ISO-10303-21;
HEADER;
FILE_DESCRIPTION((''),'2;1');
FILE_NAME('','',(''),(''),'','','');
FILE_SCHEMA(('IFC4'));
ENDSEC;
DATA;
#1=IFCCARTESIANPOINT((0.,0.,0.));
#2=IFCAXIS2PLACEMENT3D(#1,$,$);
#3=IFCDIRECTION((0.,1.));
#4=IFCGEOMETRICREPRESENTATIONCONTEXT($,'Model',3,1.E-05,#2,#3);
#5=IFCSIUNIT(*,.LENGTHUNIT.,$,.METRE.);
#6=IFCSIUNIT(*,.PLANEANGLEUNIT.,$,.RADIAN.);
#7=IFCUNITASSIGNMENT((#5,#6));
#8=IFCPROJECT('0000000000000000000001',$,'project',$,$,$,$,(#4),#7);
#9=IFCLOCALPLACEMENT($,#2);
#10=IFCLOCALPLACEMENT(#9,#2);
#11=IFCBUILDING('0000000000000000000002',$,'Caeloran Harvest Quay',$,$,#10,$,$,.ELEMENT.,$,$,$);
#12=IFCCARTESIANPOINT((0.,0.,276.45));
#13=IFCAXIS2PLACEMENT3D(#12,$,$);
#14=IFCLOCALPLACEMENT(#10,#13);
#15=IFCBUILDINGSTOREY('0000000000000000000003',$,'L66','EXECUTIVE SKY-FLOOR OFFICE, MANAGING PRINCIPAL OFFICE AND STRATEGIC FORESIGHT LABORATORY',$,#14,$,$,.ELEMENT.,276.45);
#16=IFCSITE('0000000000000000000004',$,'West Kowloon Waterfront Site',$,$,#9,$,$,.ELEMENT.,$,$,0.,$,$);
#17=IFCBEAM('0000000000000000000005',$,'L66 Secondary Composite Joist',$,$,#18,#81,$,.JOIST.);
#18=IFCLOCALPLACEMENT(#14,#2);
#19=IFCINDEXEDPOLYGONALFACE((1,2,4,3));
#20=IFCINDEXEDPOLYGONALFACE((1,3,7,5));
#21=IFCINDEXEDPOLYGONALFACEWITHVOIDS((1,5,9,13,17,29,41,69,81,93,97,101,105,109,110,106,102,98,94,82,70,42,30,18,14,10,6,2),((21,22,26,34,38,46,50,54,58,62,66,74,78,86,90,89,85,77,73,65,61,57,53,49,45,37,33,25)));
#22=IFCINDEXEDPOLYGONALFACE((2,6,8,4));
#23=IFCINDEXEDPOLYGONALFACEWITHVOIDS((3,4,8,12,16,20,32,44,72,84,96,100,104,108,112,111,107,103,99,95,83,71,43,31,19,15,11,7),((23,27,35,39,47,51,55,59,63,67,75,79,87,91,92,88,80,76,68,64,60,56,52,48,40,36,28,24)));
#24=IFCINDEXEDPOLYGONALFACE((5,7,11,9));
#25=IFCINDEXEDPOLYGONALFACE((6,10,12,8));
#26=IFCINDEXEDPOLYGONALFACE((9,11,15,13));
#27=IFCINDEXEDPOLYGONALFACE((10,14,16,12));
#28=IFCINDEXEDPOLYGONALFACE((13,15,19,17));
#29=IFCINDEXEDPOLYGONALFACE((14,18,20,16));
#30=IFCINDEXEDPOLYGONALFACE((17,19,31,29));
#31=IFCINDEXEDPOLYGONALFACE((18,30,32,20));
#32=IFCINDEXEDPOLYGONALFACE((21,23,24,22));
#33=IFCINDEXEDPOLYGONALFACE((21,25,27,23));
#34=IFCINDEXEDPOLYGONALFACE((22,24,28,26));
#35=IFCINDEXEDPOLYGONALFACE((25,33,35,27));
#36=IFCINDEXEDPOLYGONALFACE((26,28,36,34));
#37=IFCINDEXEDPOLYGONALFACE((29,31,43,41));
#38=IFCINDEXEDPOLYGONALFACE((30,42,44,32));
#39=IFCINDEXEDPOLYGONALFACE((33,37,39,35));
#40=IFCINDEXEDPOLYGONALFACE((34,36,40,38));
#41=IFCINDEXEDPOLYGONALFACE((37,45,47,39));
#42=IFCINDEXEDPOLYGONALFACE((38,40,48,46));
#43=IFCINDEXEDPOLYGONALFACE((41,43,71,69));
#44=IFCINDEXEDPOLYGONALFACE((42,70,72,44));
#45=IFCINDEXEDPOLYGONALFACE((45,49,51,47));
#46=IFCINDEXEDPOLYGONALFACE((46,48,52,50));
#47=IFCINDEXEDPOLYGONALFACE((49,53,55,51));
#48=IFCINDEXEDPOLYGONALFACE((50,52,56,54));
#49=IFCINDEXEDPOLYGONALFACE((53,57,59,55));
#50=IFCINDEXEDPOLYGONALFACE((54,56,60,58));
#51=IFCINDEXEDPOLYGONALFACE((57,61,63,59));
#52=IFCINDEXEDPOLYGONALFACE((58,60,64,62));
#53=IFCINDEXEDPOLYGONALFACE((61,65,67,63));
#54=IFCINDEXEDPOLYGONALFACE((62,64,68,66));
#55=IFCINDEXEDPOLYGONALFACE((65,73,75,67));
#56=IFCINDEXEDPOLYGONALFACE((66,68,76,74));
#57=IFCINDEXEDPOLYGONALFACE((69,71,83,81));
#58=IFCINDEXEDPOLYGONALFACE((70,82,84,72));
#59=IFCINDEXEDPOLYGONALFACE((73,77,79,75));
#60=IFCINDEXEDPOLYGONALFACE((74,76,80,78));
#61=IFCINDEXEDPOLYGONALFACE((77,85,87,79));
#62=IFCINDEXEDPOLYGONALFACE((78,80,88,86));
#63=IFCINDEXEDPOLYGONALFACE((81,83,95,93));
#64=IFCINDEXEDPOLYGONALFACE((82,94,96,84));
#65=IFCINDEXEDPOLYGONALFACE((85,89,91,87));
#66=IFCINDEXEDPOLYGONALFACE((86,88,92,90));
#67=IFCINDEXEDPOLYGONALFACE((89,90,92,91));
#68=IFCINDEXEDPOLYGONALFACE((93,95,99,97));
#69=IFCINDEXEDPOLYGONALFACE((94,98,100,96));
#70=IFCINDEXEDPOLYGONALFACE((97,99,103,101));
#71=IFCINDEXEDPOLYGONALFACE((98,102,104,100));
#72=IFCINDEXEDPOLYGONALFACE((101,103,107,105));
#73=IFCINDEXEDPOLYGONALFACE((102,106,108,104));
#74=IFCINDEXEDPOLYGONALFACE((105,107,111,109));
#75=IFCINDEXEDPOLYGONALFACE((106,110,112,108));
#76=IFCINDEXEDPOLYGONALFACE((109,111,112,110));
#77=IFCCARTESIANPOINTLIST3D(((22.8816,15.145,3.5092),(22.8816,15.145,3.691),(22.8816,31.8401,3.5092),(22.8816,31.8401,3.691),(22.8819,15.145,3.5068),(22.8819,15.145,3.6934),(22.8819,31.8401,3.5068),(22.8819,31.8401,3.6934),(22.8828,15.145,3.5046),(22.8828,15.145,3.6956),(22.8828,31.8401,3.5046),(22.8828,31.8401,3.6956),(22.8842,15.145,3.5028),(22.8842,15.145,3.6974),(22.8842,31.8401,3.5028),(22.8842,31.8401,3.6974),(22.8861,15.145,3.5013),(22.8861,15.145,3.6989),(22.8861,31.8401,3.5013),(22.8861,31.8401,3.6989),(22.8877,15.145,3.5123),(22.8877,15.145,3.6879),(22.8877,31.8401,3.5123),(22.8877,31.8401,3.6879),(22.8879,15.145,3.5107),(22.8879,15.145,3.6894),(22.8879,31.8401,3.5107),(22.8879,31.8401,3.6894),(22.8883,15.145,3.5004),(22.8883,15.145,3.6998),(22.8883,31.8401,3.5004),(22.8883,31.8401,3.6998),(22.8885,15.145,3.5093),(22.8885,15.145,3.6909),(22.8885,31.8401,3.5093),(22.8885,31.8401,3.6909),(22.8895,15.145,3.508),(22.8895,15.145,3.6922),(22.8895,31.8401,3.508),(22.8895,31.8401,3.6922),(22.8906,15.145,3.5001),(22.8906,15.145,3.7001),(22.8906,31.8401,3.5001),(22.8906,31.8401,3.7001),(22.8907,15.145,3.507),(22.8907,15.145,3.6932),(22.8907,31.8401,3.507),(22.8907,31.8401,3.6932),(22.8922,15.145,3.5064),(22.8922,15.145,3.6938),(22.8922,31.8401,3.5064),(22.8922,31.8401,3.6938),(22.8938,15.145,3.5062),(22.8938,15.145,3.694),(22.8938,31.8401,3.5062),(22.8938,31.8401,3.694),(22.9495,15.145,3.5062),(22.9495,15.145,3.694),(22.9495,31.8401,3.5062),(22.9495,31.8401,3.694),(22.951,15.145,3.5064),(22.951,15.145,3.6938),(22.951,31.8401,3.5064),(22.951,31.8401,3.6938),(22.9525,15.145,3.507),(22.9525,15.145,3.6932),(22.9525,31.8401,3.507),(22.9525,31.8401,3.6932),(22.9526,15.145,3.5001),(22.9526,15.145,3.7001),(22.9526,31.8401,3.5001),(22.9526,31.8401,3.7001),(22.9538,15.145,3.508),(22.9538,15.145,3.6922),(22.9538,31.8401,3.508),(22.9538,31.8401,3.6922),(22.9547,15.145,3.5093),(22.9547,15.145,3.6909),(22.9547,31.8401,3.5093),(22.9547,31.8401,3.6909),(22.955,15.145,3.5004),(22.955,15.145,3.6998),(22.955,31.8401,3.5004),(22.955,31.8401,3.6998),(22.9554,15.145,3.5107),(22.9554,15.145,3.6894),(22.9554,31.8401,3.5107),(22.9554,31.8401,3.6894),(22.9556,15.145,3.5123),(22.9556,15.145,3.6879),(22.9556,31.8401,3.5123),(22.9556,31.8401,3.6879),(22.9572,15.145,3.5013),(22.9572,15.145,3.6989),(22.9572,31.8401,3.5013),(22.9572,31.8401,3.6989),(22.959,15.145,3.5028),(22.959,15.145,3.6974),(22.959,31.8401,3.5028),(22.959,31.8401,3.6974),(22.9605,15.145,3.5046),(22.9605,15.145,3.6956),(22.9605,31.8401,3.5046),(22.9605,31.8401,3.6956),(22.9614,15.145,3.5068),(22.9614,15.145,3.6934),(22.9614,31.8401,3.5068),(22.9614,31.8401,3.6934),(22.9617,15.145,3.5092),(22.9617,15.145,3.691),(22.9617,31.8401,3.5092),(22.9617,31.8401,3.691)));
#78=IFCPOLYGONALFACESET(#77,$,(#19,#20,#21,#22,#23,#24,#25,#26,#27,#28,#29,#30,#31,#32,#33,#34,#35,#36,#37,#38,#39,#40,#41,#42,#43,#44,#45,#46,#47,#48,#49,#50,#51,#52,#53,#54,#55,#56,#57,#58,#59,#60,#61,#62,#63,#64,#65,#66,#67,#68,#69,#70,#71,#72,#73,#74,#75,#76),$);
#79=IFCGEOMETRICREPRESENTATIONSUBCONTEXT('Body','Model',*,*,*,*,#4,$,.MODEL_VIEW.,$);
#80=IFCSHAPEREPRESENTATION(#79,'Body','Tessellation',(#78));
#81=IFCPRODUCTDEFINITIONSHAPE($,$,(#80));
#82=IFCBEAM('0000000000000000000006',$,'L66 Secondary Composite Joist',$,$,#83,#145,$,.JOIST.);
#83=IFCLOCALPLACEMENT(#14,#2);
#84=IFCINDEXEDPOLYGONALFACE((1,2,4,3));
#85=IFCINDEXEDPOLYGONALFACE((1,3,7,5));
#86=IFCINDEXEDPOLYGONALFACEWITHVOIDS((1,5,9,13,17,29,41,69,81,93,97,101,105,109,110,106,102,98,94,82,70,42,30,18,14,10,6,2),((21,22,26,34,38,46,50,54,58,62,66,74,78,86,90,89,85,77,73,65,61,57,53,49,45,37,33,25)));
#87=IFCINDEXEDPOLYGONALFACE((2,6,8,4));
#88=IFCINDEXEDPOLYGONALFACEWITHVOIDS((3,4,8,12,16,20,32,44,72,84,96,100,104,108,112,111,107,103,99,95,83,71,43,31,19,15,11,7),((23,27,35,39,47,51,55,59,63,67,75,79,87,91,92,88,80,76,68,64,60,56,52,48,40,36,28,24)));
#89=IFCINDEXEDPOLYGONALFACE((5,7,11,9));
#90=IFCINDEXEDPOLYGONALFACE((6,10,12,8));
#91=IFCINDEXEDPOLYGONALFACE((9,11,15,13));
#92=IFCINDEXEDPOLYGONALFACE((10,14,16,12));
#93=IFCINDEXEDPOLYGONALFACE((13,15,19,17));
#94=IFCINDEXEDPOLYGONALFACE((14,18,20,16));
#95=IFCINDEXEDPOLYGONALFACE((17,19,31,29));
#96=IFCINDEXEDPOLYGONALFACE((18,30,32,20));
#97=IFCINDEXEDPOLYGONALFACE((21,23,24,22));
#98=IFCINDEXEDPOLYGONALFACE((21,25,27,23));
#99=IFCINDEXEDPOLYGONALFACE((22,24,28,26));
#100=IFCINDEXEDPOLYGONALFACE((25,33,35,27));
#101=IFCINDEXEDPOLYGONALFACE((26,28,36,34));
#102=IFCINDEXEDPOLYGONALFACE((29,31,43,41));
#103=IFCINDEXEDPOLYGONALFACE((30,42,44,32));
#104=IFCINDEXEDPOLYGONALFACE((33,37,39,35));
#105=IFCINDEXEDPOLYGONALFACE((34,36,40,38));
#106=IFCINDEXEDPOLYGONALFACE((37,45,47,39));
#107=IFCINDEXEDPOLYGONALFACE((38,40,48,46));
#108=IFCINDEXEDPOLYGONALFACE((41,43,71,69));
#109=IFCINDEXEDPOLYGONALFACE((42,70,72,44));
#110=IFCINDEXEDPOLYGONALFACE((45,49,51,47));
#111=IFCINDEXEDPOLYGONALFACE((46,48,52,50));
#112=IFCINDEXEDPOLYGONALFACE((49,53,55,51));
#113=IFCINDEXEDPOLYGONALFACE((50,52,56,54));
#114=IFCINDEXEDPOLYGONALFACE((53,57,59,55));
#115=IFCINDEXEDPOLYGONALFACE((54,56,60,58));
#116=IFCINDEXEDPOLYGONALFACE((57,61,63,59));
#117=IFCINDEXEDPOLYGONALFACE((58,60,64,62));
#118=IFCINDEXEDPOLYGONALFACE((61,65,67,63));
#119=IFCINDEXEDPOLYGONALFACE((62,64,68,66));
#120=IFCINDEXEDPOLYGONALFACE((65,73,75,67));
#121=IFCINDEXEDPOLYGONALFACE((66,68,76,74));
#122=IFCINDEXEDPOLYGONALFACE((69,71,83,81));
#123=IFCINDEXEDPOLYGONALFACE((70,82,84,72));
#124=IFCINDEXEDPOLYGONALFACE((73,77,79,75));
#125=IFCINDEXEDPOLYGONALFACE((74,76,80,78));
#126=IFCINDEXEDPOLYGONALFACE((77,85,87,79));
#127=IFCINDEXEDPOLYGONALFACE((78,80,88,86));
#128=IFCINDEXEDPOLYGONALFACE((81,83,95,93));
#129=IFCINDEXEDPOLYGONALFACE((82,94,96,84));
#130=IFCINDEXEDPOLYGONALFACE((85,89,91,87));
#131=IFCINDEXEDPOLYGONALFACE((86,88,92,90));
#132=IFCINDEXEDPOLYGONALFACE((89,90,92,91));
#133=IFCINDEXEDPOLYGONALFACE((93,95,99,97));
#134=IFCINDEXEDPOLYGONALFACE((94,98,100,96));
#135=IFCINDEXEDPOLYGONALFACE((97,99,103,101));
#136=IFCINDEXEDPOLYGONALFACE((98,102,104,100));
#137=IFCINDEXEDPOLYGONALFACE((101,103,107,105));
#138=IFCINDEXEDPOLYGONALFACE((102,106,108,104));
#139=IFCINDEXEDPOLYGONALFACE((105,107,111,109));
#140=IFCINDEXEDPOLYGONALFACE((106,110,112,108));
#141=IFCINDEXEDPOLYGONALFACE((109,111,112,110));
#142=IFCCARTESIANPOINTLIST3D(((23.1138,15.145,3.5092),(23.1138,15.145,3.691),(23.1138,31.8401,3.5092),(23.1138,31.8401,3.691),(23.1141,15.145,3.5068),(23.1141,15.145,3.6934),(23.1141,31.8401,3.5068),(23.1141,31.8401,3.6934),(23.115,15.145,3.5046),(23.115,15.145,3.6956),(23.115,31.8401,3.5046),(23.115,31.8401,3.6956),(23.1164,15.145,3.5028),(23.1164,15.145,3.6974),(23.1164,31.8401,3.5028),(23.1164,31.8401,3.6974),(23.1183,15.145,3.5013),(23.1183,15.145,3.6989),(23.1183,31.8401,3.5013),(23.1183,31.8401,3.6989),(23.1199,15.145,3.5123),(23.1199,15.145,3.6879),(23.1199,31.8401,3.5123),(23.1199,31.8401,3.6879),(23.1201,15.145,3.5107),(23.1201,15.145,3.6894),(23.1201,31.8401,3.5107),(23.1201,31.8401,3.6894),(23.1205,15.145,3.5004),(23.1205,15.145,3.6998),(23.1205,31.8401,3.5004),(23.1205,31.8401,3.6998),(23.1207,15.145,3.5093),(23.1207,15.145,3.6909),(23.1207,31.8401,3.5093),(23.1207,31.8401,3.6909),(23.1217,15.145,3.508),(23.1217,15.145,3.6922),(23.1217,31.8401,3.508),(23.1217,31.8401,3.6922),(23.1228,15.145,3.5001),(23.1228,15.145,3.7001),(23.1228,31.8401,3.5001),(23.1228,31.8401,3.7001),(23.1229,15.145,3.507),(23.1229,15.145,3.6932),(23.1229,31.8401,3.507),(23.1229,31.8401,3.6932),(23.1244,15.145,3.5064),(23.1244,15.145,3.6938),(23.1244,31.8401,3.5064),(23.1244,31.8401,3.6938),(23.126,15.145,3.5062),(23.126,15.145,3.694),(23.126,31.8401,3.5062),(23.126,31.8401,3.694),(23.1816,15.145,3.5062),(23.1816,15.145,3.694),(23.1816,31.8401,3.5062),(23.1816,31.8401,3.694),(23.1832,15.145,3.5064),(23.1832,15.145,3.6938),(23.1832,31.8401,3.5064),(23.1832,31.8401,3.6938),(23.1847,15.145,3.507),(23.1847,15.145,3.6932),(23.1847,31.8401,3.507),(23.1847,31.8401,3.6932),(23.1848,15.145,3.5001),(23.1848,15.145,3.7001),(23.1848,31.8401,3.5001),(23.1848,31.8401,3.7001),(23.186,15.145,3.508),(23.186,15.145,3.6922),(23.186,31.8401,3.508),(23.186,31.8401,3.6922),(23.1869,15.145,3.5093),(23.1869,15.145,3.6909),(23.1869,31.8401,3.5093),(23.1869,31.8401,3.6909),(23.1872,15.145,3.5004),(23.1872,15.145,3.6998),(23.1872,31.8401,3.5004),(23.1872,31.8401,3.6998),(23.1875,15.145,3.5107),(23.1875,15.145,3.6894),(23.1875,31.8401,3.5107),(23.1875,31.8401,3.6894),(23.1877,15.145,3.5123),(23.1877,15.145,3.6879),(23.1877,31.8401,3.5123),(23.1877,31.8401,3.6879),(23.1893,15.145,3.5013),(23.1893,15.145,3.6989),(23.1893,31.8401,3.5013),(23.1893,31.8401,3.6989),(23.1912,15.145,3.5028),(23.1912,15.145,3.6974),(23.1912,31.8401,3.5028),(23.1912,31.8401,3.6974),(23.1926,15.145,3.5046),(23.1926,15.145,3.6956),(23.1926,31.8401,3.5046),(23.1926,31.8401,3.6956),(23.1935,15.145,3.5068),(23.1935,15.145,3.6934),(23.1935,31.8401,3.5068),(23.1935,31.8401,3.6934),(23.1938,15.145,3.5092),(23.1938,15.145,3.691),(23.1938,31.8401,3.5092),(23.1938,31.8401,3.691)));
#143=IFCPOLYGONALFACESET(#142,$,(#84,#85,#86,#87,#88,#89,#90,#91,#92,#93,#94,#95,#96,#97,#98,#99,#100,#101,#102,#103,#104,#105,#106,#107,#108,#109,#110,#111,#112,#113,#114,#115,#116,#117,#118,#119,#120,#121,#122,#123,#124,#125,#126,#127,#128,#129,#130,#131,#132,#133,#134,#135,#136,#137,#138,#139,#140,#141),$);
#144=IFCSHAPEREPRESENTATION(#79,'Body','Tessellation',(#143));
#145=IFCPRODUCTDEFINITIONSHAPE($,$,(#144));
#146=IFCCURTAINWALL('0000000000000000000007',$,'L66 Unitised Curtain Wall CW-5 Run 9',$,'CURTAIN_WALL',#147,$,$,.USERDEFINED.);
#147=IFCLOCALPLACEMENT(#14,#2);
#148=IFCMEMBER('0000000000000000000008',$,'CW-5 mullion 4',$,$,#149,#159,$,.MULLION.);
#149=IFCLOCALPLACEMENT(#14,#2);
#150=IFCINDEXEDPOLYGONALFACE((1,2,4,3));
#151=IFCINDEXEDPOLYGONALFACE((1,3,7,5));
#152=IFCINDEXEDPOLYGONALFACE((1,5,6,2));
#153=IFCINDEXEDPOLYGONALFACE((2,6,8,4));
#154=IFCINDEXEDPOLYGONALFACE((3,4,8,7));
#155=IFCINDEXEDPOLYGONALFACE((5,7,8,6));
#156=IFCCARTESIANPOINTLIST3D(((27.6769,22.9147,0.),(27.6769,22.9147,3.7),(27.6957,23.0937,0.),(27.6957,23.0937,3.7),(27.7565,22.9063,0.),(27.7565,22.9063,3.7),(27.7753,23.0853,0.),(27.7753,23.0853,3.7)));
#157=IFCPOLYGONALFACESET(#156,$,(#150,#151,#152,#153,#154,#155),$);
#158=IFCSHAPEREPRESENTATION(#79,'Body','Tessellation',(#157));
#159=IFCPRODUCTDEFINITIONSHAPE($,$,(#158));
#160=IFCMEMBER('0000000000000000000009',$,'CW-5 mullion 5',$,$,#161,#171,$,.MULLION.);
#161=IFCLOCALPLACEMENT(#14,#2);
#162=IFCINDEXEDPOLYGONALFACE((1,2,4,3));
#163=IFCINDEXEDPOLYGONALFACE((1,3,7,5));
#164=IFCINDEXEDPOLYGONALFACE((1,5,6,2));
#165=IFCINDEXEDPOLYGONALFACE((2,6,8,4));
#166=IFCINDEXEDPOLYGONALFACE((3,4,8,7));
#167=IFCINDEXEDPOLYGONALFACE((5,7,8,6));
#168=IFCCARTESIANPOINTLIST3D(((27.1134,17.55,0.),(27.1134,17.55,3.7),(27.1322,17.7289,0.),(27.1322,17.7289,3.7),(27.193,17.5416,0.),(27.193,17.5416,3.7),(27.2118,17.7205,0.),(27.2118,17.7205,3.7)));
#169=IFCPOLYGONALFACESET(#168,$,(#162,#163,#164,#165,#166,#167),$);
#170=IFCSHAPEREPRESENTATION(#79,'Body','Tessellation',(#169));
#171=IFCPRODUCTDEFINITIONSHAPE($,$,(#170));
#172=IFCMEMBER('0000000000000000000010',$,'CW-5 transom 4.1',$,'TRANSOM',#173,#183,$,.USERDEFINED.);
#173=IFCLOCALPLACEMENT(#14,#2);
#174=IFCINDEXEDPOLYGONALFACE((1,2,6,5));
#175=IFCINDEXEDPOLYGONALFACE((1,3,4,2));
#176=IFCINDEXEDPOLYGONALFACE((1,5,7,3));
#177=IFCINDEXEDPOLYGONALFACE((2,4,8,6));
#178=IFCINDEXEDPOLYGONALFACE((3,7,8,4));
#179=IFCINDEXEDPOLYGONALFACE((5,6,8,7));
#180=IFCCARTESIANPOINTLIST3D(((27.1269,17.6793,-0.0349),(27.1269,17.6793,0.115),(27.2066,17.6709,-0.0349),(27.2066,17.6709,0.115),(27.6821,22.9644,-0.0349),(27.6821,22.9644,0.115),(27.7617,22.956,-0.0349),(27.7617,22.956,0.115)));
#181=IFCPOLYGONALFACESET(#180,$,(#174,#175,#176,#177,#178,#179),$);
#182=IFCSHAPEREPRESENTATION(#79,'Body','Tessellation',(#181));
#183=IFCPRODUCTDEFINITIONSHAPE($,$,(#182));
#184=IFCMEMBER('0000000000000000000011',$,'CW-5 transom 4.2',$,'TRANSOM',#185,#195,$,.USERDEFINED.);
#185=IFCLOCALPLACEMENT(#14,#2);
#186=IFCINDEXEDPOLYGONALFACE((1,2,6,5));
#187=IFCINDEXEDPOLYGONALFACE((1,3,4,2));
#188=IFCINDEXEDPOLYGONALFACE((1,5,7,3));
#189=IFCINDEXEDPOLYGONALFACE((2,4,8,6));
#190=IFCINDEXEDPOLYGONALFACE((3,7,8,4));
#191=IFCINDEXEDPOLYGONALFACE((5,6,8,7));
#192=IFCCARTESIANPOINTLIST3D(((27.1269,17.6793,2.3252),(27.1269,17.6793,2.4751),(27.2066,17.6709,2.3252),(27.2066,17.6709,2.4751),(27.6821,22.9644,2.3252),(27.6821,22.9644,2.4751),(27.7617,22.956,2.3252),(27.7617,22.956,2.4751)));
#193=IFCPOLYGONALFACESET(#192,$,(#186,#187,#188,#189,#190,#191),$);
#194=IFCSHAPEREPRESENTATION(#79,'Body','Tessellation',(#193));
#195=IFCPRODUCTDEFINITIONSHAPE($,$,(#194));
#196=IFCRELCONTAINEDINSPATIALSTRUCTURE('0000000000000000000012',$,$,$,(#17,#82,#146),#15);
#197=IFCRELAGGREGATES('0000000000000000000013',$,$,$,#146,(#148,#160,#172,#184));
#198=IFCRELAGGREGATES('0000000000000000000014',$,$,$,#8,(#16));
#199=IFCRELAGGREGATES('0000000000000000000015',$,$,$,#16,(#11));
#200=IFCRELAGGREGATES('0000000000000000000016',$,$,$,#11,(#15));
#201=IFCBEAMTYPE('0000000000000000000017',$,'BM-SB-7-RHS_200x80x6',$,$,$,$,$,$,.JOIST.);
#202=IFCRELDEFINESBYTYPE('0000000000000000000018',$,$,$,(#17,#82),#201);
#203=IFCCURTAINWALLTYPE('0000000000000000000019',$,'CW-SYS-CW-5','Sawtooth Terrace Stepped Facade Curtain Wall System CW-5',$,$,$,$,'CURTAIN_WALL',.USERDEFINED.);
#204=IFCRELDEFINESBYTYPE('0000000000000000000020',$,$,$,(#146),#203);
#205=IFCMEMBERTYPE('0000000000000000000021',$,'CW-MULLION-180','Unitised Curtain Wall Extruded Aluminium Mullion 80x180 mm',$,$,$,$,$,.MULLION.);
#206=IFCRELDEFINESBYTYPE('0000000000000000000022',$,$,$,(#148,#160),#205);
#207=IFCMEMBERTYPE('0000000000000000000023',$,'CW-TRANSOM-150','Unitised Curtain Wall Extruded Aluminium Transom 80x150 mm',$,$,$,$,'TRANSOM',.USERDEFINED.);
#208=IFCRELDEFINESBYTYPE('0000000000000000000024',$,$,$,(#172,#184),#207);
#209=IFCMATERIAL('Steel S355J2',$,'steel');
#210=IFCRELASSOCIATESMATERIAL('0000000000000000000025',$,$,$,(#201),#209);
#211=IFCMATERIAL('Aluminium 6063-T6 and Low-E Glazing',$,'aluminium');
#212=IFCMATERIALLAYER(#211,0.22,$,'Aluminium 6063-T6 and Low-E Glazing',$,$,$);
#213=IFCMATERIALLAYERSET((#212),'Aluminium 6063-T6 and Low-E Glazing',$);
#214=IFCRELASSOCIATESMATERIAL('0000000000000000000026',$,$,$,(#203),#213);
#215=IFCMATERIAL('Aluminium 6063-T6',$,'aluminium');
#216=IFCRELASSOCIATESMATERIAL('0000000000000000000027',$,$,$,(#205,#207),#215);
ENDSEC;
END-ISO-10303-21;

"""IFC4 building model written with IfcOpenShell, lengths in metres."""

from ifc_helpers import new_model, si_unit, direction, frame, origin, origin_2d, place, context, subcontext, project, spatial, rectangle, hollow_rectangle, extrude, material, layer, layer_set, material_profile, profile_set, type_object, element, aggregate, save


model = new_model("IFC4")

# Units and contexts
model_context = context("Model", 3, precision=1e-05, world=origin(), true_north=direction((0.0, 1.0)))
body_context = subcontext(model_context, "Body", "Model", "MODEL_VIEW")
ifc_project = project(units=[si_unit("LENGTHUNIT", "METRE"), si_unit("PLANEANGLEUNIT", "RADIAN")], contexts=[model_context])

# Site, building, storey
site_placement = place(None, origin())
site = spatial("IfcSite", under=ifc_project, at=site_placement, Name="West Kowloon Waterfront Site", CompositionType="ELEMENT", RefElevation=0.0)
building_placement = place(site_placement, origin())
building = spatial("IfcBuilding", under=site, at=building_placement, Name="Caeloran Harvest Quay", CompositionType="ELEMENT")
storey_placement = place(building_placement, frame((0.0, 0.0, 276.45)))
storey = spatial("IfcBuildingStorey", under=building, at=storey_placement, Name="L66", Description="EXECUTIVE SKY-FLOOR OFFICE, MANAGING PRINCIPAL OFFICE AND STRATEGIC FORESIGHT LABORATORY", CompositionType="ELEMENT", Elevation=276.45)

# Beams
ifc_material_1 = material(Name="Steel S355J2", Category="steel")
ifc_material_profile_1 = material_profile(ifc_material_1, hollow_rectangle(XDim=0.0801, YDim=0.2, WallThickness=0.0061, InnerFilletRadius=0.0061, OuterFilletRadius=0.009, at=origin_2d()), Name="RHS 200x80x6")
ifc_profile_set_1 = profile_set([ifc_material_profile_1], Name="Steel S355J2")
beam_type_1 = type_object("IfcBeamType", Name="BM-SB-7-RHS_200x80x6", PredefinedType="JOIST", material=ifc_profile_set_1)
for number, where, z_axis, x_axis, name in (
    (1, (22.9216, 15.145, 3.6001), (0.0, 1.0, 0.0), (-1.0, 0.0, 0.0), "L66 Secondary Composite Joist"),
    (2, (23.1538, 15.145, 3.6001), (0.0, 1.0, 0.0), (-1.0, 0.0, 0.0), "L66 Secondary Composite Joist"),
):
    element("IfcBeam", number, at=place(storey_placement, frame(where, z_axis=z_axis, x_axis=x_axis)), inside=storey, type_object=beam_type_1, Name=name, PredefinedType="JOIST", context=body_context, shape_type="SweptSolid", body=[
        extrude(hollow_rectangle(XDim=0.0801, YDim=0.2, WallThickness=0.0061, InnerFilletRadius=0.0061, OuterFilletRadius=0.009, at=origin_2d()), origin(), (0.0, 0.0, 1.0), 16.6951),
    ])

# Curtain wall, members
ifc_material_2 = material(Name="Aluminium 6063-T6 and Low-E Glazing", Category="aluminium")
ifc_layer_1 = layer(ifc_material_2, 0.22, Name="Aluminium 6063-T6 and Low-E Glazing")
ifc_layer_set_1 = layer_set([ifc_layer_1], Name="Aluminium 6063-T6 and Low-E Glazing")
curtain_wall_type = type_object("IfcCurtainWallType", Name="CW-SYS-CW-5", Description="Sawtooth Terrace Stepped Facade Curtain Wall System CW-5", ElementType="CURTAIN_WALL", PredefinedType="USERDEFINED", material=ifc_layer_set_1)
curtain_wall_placement = place(storey_placement, origin())
curtain_wall = element("IfcCurtainWall", 3, at=curtain_wall_placement, inside=storey, type_object=curtain_wall_type, Name="L66 Unitised Curtain Wall CW-5 Run 9", ObjectType="CURTAIN_WALL", PredefinedType="USERDEFINED")
ifc_material_3 = material(Name="Aluminium 6063-T6", Category="aluminium")
ifc_material_profile_2 = material_profile(ifc_material_3, rectangle(XDim=0.0801, YDim=0.1799, at=origin_2d()), Name="CW-MULLION-180")
ifc_profile_set_2 = profile_set([ifc_material_profile_2], Name="Aluminium 6063-T6")
member_type_1 = type_object("IfcMemberType", Name="CW-MULLION-180", Description="Unitised Curtain Wall Extruded Aluminium Mullion 80x180 mm", PredefinedType="MULLION", material=ifc_profile_set_2)
member_1_placement = place(storey_placement, frame((27.7261, 23.0, 0.0), z_axis=(0.0, 0.0, 1.0), x_axis=(0.994529, -0.10446, 0.0)))
member_1 = element("IfcMember", 4, at=member_1_placement, type_object=member_type_1, Name="CW-5 mullion 4", PredefinedType="MULLION", context=body_context, shape_type="SweptSolid", body=[
    extrude(rectangle(XDim=0.0801, YDim=0.1799, at=origin_2d()), origin(), (0.0, 0.0, 1.0), 3.7),
])
member_2_placement = place(storey_placement, frame((27.1626, 17.6353, 0.0), z_axis=(0.0, 0.0, 1.0), x_axis=(0.994529, -0.10446, 0.0)))
member_2 = element("IfcMember", 5, at=member_2_placement, type_object=member_type_1, Name="CW-5 mullion 5", PredefinedType="MULLION", context=body_context, shape_type="SweptSolid", body=[
    extrude(rectangle(XDim=0.0801, YDim=0.1799, at=origin_2d()), origin(), (0.0, 0.0, 1.0), 3.7),
])
ifc_material_profile_3 = material_profile(ifc_material_3, rectangle(XDim=0.0801, YDim=0.1499, at=origin_2d()), Name="CW-TRANSOM-150")
ifc_profile_set_3 = profile_set([ifc_material_profile_3], Name="Aluminium 6063-T6")
member_type_2 = type_object("IfcMemberType", Name="CW-TRANSOM-150", Description="Unitised Curtain Wall Extruded Aluminium Transom 80x150 mm", ElementType="TRANSOM", PredefinedType="USERDEFINED", material=ifc_profile_set_3)
member_3_placement = place(storey_placement, frame((27.7219, 22.9602, 0.04), z_axis=(-0.10447, -0.994528, 0.0), x_axis=(0.994528, -0.10447, 0.0)))
member_3 = element("IfcMember", 6, at=member_3_placement, type_object=member_type_2, Name="CW-5 transom 4.1", ObjectType="TRANSOM", PredefinedType="USERDEFINED", context=body_context, shape_type="SweptSolid", body=[
    extrude(rectangle(XDim=0.0801, YDim=0.1499, at=origin_2d()), origin(), (0.0, 0.0, 1.0), 5.3142),
])
member_4_placement = place(storey_placement, frame((27.7219, 22.9602, 2.4001), z_axis=(-0.10447, -0.994528, 0.0), x_axis=(0.994528, -0.10447, 0.0)))
member_4 = element("IfcMember", 7, at=member_4_placement, type_object=member_type_2, Name="CW-5 transom 4.2", ObjectType="TRANSOM", PredefinedType="USERDEFINED", context=body_context, shape_type="SweptSolid", body=[
    extrude(rectangle(XDim=0.0801, YDim=0.1499, at=origin_2d()), origin(), (0.0, 0.0, 1.0), 5.3142),
])
aggregate(curtain_wall, [member_1, member_2, member_3, member_4])

save(model, "model.ifc")
